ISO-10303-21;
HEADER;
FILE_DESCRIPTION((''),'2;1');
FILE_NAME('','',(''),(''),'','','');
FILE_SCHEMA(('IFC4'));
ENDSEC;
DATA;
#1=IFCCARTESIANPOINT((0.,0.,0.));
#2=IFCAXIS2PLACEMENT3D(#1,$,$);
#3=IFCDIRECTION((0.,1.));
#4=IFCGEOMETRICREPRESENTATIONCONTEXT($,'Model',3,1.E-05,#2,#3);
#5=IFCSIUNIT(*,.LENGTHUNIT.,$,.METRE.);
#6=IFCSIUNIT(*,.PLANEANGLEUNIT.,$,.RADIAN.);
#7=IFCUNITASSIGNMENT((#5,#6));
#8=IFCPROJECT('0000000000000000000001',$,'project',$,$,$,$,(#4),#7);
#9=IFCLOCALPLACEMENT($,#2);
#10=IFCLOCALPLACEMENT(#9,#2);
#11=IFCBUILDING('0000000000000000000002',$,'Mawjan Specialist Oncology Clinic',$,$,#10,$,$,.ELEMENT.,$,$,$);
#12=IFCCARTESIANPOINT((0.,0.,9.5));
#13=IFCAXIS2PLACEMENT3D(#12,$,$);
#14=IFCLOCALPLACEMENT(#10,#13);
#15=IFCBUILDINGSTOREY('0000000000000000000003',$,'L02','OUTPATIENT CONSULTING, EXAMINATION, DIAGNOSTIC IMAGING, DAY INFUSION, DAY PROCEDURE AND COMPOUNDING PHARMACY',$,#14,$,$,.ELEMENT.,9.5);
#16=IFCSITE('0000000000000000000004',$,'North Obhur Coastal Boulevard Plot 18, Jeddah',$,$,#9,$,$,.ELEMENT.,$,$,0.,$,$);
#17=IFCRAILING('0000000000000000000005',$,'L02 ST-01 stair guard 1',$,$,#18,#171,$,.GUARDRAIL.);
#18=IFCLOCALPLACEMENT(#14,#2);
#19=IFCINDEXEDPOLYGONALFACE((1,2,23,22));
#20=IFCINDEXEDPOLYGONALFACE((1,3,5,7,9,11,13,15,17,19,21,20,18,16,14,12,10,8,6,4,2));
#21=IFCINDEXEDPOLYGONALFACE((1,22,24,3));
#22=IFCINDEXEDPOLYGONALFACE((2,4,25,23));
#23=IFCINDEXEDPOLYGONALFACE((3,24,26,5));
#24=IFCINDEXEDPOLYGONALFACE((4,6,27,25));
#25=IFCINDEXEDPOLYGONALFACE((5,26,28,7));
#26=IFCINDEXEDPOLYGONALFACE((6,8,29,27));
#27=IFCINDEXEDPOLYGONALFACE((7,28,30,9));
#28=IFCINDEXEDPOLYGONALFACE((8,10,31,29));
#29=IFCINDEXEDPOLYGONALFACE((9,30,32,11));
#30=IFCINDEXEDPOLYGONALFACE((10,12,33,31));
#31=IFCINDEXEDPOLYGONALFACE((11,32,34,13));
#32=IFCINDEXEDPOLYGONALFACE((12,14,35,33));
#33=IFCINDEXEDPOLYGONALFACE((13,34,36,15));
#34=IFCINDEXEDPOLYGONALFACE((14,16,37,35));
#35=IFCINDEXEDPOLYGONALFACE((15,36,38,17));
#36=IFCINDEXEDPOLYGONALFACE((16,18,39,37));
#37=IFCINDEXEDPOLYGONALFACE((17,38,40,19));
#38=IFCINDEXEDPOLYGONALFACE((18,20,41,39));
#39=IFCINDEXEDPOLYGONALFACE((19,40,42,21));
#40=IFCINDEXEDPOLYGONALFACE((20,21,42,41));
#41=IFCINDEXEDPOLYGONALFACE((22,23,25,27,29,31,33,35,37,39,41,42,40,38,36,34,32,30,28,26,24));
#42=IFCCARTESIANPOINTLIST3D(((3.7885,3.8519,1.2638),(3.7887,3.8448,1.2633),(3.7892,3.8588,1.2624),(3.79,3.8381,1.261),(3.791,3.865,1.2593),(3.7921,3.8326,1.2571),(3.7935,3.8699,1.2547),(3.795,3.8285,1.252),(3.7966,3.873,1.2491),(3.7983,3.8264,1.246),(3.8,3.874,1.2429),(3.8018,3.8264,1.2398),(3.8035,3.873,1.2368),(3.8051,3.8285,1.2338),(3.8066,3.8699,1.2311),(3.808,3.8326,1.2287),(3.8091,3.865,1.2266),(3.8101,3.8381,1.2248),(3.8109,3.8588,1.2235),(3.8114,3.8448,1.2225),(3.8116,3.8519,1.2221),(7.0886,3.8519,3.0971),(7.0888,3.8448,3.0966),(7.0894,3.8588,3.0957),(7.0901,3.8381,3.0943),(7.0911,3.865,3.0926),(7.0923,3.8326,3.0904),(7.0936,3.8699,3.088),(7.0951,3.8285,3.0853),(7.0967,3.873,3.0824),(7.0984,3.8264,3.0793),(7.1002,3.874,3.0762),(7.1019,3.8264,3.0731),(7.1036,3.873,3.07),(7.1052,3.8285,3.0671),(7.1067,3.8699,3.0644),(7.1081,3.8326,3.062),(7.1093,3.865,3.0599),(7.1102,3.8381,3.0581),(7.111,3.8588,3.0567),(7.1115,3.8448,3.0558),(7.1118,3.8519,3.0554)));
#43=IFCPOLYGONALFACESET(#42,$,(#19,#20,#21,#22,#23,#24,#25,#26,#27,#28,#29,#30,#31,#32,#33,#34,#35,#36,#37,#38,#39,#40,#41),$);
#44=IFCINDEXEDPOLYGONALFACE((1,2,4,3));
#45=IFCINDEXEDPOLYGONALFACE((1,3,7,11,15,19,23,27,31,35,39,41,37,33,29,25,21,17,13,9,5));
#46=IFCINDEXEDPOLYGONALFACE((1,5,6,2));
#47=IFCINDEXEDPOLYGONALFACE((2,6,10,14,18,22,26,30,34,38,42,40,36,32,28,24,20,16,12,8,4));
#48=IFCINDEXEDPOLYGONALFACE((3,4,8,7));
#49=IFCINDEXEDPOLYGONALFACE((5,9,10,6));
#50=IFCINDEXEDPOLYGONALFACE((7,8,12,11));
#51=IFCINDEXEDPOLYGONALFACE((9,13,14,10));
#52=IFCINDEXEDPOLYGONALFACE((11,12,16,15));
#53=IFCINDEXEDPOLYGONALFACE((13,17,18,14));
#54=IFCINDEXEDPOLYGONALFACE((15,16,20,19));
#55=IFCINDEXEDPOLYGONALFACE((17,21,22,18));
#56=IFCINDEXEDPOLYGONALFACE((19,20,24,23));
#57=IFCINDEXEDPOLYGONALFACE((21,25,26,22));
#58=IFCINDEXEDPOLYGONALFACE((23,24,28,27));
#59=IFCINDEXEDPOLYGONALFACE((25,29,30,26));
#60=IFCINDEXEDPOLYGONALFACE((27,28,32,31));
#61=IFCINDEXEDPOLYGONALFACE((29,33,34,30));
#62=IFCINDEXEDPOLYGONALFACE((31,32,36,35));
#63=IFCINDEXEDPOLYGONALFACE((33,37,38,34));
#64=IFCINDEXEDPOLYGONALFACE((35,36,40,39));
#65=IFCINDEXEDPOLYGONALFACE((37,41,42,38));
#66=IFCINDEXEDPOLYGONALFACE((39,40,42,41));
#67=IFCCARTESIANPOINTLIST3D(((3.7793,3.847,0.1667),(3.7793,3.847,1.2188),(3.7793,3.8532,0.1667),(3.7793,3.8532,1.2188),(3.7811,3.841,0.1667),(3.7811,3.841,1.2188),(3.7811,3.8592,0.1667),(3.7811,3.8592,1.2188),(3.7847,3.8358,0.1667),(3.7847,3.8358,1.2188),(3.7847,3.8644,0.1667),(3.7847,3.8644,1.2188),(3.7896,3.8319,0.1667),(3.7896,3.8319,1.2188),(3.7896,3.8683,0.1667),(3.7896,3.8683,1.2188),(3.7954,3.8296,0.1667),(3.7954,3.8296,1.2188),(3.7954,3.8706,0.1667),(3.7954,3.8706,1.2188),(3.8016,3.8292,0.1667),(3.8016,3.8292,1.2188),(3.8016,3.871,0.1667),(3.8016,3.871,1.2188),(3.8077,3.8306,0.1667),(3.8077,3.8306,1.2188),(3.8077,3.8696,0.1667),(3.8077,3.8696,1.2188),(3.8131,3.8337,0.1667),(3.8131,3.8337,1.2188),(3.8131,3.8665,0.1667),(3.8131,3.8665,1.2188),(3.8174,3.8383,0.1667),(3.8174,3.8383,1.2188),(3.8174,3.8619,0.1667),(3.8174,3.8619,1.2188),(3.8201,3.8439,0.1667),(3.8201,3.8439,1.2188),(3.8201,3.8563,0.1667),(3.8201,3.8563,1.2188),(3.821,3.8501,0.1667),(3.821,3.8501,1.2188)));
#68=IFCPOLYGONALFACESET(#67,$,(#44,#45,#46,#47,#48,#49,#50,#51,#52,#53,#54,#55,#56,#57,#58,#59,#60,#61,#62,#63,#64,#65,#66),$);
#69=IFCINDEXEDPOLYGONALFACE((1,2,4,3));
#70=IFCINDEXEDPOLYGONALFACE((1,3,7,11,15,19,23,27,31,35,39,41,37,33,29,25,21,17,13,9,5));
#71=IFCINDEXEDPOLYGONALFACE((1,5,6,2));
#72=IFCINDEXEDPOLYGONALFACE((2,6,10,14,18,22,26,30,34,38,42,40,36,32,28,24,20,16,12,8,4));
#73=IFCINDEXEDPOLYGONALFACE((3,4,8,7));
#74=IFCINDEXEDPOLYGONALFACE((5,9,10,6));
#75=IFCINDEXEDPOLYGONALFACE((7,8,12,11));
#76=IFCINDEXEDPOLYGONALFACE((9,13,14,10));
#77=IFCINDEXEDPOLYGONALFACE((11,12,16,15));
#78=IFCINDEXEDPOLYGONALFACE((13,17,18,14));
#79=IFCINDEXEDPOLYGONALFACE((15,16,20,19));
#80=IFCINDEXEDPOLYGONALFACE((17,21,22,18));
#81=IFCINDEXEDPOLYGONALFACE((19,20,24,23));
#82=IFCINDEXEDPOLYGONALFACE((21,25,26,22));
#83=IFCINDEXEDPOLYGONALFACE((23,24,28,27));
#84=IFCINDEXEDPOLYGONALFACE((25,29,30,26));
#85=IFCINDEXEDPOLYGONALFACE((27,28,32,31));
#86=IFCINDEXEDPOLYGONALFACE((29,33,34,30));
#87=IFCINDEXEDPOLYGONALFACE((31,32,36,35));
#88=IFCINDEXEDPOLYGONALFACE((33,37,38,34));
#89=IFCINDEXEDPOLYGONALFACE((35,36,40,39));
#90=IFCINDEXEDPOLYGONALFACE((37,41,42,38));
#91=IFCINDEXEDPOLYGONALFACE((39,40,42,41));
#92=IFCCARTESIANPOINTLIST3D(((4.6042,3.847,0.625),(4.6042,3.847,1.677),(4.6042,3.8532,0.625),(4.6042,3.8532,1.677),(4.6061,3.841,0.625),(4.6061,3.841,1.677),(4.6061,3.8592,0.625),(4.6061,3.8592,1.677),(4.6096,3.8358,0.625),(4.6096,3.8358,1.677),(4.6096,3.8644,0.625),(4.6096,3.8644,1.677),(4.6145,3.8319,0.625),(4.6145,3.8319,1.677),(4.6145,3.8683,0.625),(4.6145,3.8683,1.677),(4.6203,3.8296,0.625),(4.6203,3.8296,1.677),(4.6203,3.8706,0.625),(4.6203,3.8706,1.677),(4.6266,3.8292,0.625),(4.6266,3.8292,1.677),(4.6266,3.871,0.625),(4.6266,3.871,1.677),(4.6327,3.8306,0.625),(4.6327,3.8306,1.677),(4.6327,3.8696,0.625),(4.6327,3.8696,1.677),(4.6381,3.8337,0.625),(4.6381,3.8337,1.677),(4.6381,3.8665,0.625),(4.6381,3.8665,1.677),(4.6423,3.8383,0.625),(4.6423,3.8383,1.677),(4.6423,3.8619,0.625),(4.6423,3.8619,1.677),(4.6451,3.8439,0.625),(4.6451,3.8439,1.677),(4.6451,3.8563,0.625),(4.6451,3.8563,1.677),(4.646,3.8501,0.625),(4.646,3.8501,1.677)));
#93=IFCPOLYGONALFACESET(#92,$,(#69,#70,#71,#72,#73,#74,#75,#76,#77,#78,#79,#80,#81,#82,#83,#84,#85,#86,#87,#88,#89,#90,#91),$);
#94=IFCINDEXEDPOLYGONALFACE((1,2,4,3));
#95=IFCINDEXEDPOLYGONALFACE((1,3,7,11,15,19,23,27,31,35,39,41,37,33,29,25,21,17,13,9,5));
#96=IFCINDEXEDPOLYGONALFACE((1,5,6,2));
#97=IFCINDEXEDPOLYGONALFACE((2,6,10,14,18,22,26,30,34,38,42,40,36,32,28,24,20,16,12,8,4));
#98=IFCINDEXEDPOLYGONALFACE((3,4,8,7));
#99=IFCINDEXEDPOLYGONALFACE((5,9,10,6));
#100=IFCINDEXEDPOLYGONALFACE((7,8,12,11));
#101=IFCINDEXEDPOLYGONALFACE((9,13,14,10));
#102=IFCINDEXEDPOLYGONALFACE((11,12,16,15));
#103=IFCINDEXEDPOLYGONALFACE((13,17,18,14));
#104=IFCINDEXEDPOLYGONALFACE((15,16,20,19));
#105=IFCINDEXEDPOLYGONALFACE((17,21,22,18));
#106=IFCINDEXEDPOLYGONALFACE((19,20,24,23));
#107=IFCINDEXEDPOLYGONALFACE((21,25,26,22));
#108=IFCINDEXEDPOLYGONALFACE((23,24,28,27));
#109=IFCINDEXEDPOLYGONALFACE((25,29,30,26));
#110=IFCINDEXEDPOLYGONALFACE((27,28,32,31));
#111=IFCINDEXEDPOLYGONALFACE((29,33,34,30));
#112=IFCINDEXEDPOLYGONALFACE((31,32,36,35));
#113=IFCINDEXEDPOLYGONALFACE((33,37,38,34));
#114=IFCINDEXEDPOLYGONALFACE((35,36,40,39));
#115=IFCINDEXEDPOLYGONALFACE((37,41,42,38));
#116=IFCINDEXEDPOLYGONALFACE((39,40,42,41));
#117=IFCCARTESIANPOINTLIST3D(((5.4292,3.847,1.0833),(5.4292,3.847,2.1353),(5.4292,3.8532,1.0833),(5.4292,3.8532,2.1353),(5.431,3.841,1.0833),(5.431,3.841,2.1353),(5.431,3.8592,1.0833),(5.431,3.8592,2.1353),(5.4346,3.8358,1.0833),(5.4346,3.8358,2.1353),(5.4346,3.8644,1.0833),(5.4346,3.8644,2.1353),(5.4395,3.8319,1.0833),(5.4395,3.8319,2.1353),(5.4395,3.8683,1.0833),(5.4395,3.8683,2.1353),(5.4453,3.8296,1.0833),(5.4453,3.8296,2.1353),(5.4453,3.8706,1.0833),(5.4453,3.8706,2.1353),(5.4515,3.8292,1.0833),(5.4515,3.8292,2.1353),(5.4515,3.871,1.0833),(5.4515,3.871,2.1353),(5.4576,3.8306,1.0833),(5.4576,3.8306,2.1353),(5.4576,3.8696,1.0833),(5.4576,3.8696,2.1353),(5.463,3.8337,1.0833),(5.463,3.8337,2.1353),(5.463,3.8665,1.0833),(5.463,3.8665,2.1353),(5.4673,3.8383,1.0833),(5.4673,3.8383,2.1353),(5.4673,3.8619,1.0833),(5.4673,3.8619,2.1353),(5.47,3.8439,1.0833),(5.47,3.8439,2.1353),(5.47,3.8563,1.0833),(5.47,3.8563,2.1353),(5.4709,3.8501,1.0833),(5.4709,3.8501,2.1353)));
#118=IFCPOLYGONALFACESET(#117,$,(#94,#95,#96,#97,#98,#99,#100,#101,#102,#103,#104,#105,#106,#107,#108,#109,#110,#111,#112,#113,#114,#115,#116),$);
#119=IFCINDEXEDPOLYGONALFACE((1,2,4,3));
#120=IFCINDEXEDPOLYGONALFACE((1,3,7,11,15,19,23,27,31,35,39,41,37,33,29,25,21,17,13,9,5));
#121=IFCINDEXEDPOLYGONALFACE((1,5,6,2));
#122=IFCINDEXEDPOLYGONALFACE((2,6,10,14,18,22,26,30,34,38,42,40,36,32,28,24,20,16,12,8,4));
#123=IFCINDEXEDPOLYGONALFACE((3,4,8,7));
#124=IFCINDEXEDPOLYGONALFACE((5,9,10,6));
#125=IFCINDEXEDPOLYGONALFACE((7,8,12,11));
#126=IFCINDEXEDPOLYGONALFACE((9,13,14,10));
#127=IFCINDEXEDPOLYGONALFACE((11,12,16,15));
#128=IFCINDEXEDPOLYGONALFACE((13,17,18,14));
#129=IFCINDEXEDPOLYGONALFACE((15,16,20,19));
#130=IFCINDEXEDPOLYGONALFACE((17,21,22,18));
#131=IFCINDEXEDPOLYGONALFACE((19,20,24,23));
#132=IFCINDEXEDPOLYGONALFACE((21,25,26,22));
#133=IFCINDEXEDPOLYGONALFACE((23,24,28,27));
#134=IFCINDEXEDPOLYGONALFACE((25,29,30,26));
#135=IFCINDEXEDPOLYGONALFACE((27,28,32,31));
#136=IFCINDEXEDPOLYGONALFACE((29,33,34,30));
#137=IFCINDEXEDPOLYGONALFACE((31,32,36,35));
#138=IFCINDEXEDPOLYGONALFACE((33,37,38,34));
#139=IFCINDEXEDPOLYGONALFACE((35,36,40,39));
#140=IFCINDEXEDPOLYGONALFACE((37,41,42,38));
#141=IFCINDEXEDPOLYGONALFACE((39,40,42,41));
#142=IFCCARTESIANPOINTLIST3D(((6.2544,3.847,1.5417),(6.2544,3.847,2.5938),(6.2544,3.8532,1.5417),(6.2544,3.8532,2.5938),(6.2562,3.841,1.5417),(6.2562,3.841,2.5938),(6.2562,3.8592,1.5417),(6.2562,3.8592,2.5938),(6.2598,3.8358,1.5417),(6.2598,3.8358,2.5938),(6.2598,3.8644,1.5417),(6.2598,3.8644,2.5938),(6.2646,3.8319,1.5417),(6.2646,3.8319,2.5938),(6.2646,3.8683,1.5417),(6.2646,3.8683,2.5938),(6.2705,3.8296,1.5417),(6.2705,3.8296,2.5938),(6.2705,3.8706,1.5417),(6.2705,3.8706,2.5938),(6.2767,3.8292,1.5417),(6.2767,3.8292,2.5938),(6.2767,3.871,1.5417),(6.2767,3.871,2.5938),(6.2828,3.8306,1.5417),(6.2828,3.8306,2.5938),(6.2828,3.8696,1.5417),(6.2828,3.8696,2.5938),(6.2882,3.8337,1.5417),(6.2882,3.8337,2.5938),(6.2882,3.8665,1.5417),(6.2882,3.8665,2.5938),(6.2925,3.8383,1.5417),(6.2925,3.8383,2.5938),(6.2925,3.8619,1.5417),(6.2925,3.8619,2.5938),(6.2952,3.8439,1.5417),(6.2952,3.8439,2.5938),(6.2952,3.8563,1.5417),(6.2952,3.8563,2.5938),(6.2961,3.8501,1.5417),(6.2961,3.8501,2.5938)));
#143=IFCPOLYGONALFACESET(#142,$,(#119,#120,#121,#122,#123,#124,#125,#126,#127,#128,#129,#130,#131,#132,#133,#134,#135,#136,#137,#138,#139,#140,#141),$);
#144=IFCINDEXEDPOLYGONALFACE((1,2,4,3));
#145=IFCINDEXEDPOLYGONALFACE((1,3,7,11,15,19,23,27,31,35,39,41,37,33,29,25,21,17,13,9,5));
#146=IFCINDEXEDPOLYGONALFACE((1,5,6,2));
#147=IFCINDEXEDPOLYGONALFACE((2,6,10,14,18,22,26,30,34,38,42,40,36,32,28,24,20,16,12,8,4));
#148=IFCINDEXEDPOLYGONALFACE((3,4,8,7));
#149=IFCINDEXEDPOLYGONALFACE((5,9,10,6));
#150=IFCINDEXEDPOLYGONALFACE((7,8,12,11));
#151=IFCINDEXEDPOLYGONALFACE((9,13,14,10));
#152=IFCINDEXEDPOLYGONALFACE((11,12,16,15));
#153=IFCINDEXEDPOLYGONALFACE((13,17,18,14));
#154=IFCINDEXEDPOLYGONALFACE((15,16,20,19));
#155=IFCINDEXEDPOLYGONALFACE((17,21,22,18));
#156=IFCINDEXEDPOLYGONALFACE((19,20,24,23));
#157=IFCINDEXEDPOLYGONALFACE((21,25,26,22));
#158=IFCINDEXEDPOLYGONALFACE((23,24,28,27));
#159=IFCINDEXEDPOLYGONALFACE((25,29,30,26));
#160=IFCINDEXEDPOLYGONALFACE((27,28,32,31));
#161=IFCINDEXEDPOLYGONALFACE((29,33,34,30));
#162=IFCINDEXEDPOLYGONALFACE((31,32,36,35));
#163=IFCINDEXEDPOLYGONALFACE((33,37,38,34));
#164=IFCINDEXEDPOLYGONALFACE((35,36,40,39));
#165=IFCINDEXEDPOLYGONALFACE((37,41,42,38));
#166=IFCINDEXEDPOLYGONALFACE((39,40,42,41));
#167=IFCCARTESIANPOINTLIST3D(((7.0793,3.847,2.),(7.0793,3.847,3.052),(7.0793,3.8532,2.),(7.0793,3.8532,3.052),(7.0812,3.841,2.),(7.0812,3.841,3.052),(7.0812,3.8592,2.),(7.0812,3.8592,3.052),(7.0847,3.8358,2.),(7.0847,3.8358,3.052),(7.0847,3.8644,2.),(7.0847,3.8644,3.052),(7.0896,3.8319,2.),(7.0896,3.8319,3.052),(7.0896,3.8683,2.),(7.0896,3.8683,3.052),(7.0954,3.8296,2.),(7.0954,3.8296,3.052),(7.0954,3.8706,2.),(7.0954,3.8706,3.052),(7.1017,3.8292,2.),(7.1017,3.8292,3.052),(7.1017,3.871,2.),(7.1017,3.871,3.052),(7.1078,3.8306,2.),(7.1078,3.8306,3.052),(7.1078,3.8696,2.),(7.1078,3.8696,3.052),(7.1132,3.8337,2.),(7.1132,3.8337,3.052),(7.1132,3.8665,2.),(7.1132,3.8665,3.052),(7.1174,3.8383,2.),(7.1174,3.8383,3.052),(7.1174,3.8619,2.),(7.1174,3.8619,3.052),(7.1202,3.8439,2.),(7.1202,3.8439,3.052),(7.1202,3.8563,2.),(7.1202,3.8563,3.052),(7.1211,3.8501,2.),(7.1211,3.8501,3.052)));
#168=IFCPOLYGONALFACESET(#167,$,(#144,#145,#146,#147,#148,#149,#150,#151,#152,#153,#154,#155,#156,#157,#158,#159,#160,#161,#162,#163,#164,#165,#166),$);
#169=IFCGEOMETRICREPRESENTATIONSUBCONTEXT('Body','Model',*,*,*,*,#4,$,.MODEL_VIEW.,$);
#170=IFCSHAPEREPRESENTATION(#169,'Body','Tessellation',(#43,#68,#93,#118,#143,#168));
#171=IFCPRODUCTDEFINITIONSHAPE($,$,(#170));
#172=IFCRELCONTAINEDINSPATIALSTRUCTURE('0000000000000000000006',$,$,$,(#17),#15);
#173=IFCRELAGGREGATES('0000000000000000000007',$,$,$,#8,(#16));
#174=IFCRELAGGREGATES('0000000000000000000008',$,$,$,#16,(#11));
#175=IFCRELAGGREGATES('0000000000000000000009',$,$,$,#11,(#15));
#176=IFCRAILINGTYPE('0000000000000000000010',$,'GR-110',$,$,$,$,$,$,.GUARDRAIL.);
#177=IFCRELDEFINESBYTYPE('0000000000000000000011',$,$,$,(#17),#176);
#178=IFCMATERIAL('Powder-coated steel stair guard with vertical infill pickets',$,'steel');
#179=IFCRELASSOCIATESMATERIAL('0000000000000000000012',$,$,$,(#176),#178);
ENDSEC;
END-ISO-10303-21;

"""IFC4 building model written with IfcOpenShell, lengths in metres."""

from ifc_helpers import new_model, si_unit, direction, frame, origin, origin_2d, place, context, subcontext, project, spatial, circle, extrude, material, type_object, element, save


model = new_model("IFC4")

# Units and contexts
model_context = context("Model", 3, precision=1e-05, world=origin(), true_north=direction((0.0, 1.0)))
body_context = subcontext(model_context, "Body", "Model", "MODEL_VIEW")
ifc_project = project(units=[si_unit("LENGTHUNIT", "METRE"), si_unit("PLANEANGLEUNIT", "RADIAN")], contexts=[model_context])

# Site, building, storey
site_placement = place(None, origin())
site = spatial("IfcSite", under=ifc_project, at=site_placement, Name="North Obhur Coastal Boulevard Plot 18, Jeddah", CompositionType="ELEMENT", RefElevation=0.0)
building_placement = place(site_placement, origin())
building = spatial("IfcBuilding", under=site, at=building_placement, Name="Mawjan Specialist Oncology Clinic", CompositionType="ELEMENT")
storey_placement = place(building_placement, frame((0.0, 0.0, 9.5)))
storey = spatial("IfcBuildingStorey", under=building, at=storey_placement, Name="L02", Description="OUTPATIENT CONSULTING, EXAMINATION, DIAGNOSTIC IMAGING, DAY INFUSION, DAY PROCEDURE AND COMPOUNDING PHARMACY", CompositionType="ELEMENT", Elevation=9.5)

# Railing
ifc_material_1 = material(Name="Powder-coated steel stair guard with vertical infill pickets", Category="steel")
railing_type_1 = type_object("IfcRailingType", Name="GR-110", PredefinedType="GUARDRAIL", material=ifc_material_1)
railing_1_placement = place(storey_placement, frame((3.8, 3.8501, 0.1667)))
element("IfcRailing", 1, at=railing_1_placement, inside=storey, type_object=railing_type_1, Name="L02 ST-01 stair guard 1", PredefinedType="GUARDRAIL", context=body_context, shape_type="SweptSolid", body=[
    extrude(circle(Radius=0.0239, at=origin_2d()), frame((0.0, 0.0, 1.0762), z_axis=(0.874169, 0.0, 0.485621), x_axis=(0.0, 1.0, 0.0)), (0.0, 0.0, 1.0), 3.7751),
    extrude(circle(Radius=0.021, at=origin_2d()), origin(), (0.0, 0.0, 1.0), 1.052),
    extrude(circle(Radius=0.021, at=origin_2d()), frame((0.825, 0.0, 0.4583)), (0.0, 0.0, 1.0), 1.052),
    extrude(circle(Radius=0.021, at=origin_2d()), frame((1.6499, 0.0, 0.9165)), (0.0, 0.0, 1.0), 1.052),
    extrude(circle(Radius=0.021, at=origin_2d()), frame((2.4751, 0.0, 1.375)), (0.0, 0.0, 1.0), 1.052),
    extrude(circle(Radius=0.021, at=origin_2d()), frame((3.3, 0.0, 1.8333)), (0.0, 0.0, 1.0), 1.052),
])

save(model, "model.ifc")
